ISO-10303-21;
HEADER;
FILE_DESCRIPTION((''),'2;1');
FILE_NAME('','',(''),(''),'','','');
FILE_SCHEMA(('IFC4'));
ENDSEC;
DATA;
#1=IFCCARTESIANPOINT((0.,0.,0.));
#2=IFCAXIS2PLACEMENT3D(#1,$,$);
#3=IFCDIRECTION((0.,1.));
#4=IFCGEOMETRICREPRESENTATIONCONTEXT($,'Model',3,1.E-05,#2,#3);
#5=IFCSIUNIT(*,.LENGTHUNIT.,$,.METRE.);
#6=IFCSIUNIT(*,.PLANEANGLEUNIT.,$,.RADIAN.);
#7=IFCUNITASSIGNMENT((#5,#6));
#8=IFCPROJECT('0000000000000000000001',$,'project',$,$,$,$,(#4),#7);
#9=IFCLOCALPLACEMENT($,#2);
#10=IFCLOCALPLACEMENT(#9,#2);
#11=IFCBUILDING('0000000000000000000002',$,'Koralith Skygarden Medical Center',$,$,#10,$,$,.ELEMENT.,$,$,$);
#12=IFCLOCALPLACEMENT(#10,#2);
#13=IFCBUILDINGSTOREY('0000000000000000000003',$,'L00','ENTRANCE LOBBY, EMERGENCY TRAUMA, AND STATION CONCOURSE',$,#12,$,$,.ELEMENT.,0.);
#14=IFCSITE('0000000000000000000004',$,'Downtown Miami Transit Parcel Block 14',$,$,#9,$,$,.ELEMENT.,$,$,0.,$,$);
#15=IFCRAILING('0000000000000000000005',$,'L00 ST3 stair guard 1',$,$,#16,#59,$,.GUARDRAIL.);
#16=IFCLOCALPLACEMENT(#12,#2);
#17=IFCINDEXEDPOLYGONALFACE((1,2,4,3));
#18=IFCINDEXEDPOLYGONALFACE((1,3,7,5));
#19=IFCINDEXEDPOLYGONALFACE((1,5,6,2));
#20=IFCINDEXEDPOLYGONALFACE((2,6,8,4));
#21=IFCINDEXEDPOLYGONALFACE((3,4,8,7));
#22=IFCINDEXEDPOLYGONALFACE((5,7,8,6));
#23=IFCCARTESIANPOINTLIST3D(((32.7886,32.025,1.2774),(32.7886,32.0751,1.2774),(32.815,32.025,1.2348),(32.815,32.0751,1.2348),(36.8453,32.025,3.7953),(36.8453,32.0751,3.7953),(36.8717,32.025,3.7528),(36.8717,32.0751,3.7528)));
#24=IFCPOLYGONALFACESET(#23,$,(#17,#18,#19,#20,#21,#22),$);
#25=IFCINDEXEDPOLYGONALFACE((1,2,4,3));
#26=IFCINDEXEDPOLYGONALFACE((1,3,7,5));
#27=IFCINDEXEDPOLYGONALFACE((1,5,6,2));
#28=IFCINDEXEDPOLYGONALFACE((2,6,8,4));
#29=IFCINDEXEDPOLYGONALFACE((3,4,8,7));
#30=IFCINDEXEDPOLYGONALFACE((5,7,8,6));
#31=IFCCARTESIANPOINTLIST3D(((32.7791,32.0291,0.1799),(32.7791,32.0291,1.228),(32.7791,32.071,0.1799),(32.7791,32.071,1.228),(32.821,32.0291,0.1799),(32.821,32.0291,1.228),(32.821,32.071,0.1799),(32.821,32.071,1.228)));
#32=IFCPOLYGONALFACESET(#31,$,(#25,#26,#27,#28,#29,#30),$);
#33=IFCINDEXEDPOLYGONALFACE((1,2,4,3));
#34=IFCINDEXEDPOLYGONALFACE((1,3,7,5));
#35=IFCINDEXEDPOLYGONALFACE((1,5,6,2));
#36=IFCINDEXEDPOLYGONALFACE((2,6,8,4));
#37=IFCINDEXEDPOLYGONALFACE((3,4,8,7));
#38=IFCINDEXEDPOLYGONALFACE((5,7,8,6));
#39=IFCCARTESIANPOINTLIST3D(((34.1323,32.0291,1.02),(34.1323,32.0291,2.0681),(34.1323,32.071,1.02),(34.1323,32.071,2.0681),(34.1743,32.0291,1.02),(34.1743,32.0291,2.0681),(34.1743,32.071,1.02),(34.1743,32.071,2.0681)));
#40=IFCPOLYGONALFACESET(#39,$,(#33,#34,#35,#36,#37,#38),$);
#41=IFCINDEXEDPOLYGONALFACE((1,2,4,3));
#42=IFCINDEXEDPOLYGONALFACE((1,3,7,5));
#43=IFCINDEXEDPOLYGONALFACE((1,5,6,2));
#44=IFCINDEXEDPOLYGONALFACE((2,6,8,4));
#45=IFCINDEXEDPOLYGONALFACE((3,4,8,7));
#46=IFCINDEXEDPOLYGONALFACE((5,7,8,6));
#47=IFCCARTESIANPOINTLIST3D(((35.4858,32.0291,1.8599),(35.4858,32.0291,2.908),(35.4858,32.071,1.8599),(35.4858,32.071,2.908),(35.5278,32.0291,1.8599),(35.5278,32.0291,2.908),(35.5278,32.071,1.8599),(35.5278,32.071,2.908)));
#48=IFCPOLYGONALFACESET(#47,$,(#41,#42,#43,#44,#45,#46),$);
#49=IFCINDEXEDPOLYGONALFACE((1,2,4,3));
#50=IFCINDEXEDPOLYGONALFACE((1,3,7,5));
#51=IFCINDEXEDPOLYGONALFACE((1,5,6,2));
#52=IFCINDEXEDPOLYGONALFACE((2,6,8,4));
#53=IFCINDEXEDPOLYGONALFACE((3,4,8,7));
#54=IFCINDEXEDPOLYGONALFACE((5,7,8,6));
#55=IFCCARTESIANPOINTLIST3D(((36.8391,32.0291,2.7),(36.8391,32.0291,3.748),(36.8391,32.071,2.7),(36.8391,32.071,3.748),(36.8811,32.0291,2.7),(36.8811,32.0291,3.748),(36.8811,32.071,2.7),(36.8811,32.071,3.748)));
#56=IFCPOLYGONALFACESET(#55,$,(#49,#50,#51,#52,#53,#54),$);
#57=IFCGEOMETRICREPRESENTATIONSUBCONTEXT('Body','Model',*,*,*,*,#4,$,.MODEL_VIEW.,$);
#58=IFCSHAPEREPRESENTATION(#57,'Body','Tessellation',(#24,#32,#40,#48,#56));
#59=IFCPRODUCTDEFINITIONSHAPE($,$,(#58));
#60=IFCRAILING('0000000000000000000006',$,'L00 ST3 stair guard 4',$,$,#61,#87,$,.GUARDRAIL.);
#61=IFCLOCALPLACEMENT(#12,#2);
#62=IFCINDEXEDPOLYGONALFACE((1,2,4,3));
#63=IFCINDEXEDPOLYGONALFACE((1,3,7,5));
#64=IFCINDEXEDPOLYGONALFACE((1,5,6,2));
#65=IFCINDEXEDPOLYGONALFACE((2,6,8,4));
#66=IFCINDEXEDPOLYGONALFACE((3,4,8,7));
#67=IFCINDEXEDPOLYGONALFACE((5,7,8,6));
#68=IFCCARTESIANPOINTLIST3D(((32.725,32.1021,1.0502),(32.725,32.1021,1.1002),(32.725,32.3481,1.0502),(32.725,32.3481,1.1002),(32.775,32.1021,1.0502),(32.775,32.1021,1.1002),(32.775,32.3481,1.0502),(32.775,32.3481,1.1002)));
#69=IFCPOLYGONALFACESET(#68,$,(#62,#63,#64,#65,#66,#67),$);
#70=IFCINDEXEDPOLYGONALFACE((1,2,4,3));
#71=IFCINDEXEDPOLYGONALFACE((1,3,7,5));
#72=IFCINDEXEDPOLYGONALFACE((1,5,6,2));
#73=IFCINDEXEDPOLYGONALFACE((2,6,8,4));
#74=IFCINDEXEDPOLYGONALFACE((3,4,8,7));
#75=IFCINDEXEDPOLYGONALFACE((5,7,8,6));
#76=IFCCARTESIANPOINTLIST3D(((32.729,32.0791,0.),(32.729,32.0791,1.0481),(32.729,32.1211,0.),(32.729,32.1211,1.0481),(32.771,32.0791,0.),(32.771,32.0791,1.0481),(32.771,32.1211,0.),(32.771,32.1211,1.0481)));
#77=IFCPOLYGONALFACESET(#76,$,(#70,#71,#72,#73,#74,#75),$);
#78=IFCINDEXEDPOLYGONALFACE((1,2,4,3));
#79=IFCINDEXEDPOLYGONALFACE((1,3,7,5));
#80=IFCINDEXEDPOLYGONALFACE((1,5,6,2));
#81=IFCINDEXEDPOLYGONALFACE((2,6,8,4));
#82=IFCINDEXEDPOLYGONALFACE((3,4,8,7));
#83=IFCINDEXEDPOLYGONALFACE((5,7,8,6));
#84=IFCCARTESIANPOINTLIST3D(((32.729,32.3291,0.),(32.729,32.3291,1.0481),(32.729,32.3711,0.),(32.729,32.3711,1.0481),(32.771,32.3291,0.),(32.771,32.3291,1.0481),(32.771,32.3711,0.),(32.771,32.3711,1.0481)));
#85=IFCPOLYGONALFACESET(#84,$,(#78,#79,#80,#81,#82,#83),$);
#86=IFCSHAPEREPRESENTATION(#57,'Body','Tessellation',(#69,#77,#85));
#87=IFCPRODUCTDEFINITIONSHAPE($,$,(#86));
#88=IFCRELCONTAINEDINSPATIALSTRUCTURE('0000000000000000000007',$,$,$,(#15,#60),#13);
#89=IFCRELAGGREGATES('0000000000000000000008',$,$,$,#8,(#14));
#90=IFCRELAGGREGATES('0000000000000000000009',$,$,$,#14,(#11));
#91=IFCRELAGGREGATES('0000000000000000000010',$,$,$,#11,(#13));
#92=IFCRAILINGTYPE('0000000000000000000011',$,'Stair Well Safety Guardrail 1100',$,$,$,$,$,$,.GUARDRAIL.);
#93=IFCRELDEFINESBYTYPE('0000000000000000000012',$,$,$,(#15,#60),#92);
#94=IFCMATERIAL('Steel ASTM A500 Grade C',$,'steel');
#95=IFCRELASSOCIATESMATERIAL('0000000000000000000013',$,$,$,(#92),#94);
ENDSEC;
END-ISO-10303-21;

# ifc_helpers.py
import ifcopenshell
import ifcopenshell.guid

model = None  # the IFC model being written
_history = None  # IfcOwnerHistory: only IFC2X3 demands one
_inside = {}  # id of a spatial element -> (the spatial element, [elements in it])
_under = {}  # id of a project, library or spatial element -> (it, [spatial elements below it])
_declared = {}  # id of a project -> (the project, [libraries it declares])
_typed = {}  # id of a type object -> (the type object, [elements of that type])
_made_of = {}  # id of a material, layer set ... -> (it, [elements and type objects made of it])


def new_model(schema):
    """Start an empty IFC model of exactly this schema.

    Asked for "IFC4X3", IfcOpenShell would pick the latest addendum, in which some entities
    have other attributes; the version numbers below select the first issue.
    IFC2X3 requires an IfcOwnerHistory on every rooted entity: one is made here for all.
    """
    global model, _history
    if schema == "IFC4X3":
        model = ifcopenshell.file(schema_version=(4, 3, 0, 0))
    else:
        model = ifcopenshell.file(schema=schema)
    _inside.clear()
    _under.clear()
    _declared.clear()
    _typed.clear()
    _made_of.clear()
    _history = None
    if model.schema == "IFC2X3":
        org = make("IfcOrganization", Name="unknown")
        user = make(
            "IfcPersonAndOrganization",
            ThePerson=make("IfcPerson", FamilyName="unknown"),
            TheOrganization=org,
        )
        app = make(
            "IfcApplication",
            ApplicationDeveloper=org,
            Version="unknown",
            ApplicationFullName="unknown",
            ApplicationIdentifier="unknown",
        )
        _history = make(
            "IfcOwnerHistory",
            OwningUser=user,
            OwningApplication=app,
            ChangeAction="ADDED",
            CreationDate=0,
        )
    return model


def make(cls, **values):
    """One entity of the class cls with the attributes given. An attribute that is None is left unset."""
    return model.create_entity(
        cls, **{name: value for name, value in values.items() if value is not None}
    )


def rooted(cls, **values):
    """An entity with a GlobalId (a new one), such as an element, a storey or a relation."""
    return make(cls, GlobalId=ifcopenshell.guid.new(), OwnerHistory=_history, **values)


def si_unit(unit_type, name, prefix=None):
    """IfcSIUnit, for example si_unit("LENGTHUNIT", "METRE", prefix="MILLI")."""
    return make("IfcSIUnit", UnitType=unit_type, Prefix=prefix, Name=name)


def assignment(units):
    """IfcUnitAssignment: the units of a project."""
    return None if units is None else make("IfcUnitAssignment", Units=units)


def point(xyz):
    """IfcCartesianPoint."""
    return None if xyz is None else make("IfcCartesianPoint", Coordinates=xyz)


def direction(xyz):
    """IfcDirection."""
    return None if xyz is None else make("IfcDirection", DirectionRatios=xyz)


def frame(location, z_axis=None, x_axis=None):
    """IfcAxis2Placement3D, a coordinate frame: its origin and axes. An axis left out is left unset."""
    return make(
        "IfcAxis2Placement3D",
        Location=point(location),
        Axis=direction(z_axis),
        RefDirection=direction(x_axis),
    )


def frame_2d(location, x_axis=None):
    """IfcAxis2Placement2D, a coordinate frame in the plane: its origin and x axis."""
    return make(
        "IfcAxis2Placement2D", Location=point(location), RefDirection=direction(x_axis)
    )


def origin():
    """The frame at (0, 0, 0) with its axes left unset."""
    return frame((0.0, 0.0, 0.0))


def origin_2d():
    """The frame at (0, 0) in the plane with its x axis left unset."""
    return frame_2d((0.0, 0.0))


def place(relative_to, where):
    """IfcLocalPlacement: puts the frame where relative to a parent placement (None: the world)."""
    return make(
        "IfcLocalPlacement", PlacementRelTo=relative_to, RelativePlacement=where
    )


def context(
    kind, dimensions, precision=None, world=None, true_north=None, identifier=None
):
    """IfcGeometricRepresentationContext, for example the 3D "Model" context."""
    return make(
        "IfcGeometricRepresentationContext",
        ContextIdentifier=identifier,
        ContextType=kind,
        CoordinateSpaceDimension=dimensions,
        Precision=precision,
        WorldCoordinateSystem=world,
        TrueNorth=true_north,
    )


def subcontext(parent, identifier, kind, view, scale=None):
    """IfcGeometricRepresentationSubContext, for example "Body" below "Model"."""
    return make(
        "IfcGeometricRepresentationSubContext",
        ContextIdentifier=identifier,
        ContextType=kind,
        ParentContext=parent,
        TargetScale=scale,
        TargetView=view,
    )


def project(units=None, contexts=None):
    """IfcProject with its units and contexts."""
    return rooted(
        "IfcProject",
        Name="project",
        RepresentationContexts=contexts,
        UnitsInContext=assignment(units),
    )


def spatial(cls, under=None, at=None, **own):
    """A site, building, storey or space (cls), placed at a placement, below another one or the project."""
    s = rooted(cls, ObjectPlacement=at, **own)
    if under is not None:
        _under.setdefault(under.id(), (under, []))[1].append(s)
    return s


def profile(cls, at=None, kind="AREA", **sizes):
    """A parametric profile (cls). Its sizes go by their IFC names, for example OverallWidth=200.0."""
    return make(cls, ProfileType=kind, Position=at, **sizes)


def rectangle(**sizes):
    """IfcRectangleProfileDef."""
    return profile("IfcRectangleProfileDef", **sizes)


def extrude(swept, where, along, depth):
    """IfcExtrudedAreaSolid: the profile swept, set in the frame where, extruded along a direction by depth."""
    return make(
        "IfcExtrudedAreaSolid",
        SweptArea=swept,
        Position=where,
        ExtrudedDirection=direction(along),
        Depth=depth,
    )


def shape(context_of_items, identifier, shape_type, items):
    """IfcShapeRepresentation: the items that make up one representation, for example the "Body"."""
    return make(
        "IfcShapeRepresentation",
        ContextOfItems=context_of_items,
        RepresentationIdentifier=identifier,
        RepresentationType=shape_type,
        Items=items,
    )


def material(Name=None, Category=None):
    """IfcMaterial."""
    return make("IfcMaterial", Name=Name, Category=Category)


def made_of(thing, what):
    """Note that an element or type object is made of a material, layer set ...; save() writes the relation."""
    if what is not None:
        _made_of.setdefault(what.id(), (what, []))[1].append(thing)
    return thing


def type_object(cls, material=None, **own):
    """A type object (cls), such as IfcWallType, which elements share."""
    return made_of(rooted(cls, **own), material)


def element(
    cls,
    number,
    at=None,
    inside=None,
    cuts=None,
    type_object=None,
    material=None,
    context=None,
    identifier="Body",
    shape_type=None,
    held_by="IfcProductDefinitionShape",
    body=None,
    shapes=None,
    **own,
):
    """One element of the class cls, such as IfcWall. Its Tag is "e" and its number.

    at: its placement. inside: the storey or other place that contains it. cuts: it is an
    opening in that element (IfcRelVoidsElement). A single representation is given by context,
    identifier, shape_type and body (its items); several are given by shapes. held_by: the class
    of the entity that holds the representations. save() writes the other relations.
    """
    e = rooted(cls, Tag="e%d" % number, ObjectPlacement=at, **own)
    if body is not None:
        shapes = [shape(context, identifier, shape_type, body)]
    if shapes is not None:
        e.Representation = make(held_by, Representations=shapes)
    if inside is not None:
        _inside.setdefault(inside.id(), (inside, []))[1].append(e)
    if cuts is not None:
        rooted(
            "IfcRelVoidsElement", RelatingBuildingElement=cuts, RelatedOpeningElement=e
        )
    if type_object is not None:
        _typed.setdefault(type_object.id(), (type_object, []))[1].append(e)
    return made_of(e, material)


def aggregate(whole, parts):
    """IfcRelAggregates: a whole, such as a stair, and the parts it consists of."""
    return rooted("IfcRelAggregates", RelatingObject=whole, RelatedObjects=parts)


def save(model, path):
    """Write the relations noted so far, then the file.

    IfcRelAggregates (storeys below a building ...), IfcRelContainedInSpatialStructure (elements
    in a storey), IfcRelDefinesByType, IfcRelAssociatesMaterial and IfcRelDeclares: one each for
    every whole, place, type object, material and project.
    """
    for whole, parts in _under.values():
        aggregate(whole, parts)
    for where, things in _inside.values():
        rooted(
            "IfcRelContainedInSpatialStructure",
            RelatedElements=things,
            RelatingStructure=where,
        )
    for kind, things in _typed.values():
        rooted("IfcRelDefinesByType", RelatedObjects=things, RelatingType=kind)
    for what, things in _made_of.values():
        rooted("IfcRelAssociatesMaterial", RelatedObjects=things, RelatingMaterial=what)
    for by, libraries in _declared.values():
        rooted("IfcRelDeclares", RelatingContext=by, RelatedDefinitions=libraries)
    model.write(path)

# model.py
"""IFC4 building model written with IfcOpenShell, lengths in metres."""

from ifc_helpers import new_model, si_unit, direction, frame, origin, origin_2d, place, context, subcontext, project, spatial, rectangle, extrude, material, type_object, element, save


model = new_model("IFC4")

# Units and contexts
model_context = context("Model", 3, precision=1e-05, world=origin(), true_north=direction((0.0, 1.0)))
body_context = subcontext(model_context, "Body", "Model", "MODEL_VIEW")
ifc_project = project(units=[si_unit("LENGTHUNIT", "METRE"), si_unit("PLANEANGLEUNIT", "RADIAN")], contexts=[model_context])

# Site, building, storey
site_placement = place(None, origin())
site = spatial("IfcSite", under=ifc_project, at=site_placement, Name="Downtown Miami Transit Parcel Block 14", CompositionType="ELEMENT", RefElevation=0.0)
building_placement = place(site_placement, origin())
building = spatial("IfcBuilding", under=site, at=building_placement, Name="Koralith Skygarden Medical Center", CompositionType="ELEMENT")
storey_placement = place(building_placement, origin())
storey = spatial("IfcBuildingStorey", under=building, at=storey_placement, Name="L00", Description="ENTRANCE LOBBY, EMERGENCY TRAUMA, AND STATION CONCOURSE", CompositionType="ELEMENT", Elevation=0.0)

# Railings
ifc_material_1 = material(Name="Steel ASTM A500 Grade C", Category="steel")
railing_type_1 = type_object("IfcRailingType", Name="Stair Well Safety Guardrail 1100", PredefinedType="GUARDRAIL", material=ifc_material_1)
railing_1_placement = place(storey_placement, frame((32.8, 32.05, 0.1799)))
element("IfcRailing", 1, at=railing_1_placement, inside=storey, type_object=railing_type_1, Name="L00 ST3 stair guard 1", PredefinedType="GUARDRAIL", context=body_context, shape_type="SweptSolid", body=[
    extrude(rectangle(XDim=0.05, YDim=0.05, at=origin_2d()), frame((0.0017, 0.0, 1.0762), z_axis=(0.849642, 0.0, 0.52736), x_axis=(0.0, 1.0, 0.0)), (0.0, 0.0, 1.0), 4.7747),
    extrude(rectangle(XDim=0.042, YDim=0.042, at=origin_2d()), origin(), (0.0, 0.0, 1.0), 1.0481),
    extrude(rectangle(XDim=0.042, YDim=0.042, at=origin_2d()), frame((1.3533, 0.0, 0.8401)), (0.0, 0.0, 1.0), 1.0481),
    extrude(rectangle(XDim=0.042, YDim=0.042, at=origin_2d()), frame((2.7068, 0.0, 1.6799)), (0.0, 0.0, 1.0), 1.0481),
    extrude(rectangle(XDim=0.042, YDim=0.042, at=origin_2d()), frame((4.0601, 0.0, 2.52)), (0.0, 0.0, 1.0), 1.0481),
])
railing_2_placement = place(storey_placement, frame((32.75, 32.1001, 0.0)))
element("IfcRailing", 2, at=railing_2_placement, inside=storey, type_object=railing_type_1, Name="L00 ST3 stair guard 4", PredefinedType="GUARDRAIL", context=body_context, shape_type="SweptSolid", body=[
    extrude(rectangle(XDim=0.05, YDim=0.05, at=origin_2d()), frame((0.0, 0.002, 1.0752), z_axis=(0.0, 1.0, 0.0), x_axis=(-1.0, 0.0, 0.0)), (0.0, 0.0, 1.0), 0.2461),
    extrude(rectangle(XDim=0.042, YDim=0.042, at=origin_2d()), origin(), (0.0, 0.0, 1.0), 1.0481),
    extrude(rectangle(XDim=0.042, YDim=0.042, at=origin_2d()), frame((0.0, 0.25, 0.0)), (0.0, 0.0, 1.0), 1.0481),
])

save(model, "model.ifc")
